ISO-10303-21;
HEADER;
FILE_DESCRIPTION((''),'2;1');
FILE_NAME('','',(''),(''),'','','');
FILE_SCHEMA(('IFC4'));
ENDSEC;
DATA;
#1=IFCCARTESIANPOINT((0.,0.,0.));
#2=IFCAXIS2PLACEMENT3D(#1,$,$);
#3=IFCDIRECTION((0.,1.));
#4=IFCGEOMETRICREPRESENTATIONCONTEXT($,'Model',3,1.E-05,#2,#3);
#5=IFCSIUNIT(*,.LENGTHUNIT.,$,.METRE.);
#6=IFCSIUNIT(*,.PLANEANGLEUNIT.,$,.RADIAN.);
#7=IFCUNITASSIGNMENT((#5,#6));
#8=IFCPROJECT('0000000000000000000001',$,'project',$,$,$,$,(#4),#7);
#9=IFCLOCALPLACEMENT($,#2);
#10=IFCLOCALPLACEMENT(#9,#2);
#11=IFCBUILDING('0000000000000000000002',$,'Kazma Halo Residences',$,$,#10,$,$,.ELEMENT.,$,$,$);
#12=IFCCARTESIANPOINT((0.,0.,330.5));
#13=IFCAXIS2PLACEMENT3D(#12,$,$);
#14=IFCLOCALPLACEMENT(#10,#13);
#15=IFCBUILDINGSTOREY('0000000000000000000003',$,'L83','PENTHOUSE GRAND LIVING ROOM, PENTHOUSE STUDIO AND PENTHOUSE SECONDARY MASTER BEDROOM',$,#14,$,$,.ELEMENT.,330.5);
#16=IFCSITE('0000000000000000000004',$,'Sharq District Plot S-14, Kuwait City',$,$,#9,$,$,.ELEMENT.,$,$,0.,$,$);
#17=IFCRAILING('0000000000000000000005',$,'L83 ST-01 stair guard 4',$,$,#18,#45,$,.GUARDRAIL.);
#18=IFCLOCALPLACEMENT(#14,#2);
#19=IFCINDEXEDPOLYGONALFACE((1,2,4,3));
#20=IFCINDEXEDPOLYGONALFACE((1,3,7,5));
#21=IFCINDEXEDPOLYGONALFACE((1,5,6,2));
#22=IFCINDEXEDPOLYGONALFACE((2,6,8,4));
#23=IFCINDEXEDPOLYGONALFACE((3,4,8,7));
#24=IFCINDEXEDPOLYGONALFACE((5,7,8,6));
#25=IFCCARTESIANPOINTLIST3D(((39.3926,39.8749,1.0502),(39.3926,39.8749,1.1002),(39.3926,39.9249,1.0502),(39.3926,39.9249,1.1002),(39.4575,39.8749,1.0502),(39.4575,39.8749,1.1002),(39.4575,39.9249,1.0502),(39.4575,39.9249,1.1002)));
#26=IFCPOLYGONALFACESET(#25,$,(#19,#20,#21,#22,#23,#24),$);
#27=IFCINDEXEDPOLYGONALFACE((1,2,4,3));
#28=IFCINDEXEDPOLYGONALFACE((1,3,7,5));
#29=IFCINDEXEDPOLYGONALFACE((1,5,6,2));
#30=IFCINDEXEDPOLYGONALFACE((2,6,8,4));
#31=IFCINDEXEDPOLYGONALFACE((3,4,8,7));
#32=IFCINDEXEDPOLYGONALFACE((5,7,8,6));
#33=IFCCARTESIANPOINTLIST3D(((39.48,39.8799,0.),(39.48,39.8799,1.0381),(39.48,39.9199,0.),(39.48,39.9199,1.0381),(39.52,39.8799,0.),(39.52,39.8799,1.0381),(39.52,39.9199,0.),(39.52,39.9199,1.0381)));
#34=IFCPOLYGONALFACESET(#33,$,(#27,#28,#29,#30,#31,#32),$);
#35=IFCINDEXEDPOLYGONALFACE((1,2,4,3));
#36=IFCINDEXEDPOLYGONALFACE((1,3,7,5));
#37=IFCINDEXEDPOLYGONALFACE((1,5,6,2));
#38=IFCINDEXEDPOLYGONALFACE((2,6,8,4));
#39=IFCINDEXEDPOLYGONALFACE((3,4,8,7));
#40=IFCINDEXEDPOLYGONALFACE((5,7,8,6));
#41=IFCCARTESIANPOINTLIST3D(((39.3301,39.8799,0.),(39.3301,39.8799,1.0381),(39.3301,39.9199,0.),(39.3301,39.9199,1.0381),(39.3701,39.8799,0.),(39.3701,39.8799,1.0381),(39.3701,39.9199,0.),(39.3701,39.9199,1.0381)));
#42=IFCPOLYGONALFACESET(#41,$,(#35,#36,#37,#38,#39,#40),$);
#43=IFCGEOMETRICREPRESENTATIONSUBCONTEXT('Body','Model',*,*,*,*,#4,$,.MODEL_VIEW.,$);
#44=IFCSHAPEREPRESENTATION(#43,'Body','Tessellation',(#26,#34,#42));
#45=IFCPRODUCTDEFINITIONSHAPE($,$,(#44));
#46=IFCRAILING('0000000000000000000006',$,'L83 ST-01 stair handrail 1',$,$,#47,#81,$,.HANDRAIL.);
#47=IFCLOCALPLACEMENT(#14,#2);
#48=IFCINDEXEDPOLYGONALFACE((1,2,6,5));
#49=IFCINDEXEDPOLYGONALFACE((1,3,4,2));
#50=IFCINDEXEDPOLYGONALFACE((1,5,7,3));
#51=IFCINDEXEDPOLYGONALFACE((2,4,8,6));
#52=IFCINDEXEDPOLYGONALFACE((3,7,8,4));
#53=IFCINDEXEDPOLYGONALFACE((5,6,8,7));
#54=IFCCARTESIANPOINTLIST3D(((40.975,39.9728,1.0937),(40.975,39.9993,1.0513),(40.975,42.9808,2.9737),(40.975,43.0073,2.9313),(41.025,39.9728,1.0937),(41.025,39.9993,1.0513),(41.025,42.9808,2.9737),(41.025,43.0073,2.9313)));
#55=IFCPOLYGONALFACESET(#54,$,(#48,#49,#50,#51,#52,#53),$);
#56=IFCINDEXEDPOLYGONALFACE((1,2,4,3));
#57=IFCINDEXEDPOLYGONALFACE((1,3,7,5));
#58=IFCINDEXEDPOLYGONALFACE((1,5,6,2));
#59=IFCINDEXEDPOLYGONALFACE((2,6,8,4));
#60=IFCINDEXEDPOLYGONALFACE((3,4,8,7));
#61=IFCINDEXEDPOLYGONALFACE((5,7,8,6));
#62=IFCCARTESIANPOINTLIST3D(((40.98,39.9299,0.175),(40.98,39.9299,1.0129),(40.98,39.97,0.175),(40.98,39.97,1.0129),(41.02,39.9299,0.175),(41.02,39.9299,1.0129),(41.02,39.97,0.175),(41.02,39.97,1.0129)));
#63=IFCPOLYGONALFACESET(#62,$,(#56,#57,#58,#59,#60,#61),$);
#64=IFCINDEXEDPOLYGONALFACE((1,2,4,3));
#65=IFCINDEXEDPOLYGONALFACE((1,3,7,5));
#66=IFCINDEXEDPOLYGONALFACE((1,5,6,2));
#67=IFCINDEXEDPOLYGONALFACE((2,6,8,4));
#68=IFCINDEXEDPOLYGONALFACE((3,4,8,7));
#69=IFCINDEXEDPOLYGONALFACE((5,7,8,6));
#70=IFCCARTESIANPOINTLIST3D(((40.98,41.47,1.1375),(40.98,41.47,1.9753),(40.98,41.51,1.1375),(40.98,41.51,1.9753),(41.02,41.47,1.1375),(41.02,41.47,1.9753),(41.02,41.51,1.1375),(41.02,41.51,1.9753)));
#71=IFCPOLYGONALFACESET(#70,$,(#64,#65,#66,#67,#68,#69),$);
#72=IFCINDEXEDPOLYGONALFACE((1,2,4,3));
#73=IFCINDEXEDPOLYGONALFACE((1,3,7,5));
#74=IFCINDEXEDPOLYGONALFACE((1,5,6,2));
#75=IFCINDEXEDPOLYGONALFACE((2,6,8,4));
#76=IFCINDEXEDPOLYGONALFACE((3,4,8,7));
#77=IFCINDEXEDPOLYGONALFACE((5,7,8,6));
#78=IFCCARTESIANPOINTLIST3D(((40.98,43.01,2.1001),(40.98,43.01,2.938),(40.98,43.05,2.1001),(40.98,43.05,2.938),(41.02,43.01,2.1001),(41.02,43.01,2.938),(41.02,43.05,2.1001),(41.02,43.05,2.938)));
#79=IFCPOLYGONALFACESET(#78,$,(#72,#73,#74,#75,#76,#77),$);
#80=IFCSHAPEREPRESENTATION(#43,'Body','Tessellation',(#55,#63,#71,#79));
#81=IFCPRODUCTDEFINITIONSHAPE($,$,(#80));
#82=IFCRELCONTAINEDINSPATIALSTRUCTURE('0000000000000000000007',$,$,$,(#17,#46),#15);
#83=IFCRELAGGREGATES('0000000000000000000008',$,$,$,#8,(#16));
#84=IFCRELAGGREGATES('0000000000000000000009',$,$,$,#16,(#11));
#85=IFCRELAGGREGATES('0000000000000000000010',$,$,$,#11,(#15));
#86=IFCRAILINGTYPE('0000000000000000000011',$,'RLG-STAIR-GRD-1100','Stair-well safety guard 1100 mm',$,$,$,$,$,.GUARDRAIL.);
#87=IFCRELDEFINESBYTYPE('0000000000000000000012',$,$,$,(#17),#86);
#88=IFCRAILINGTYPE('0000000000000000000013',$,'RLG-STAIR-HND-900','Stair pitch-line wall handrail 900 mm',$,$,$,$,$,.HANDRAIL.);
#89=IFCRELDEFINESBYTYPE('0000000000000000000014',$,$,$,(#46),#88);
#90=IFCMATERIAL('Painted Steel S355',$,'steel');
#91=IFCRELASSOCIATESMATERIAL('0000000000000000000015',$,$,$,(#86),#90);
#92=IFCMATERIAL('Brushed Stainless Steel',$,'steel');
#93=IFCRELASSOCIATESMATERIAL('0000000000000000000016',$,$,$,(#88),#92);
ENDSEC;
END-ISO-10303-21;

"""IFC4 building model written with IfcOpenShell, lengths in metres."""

from ifc_helpers import new_model, si_unit, direction, frame, origin, origin_2d, place, context, subcontext, project, spatial, rectangle, extrude, material, type_object, element, save


model = new_model("IFC4")

# Units and contexts
model_context = context("Model", 3, precision=1e-05, world=origin(), true_north=direction((0.0, 1.0)))
body_context = subcontext(model_context, "Body", "Model", "MODEL_VIEW")
ifc_project = project(units=[si_unit("LENGTHUNIT", "METRE"), si_unit("PLANEANGLEUNIT", "RADIAN")], contexts=[model_context])

# Site, building, storey
site_placement = place(None, origin())
site = spatial("IfcSite", under=ifc_project, at=site_placement, Name="Sharq District Plot S-14, Kuwait City", CompositionType="ELEMENT", RefElevation=0.0)
building_placement = place(site_placement, origin())
building = spatial("IfcBuilding", under=site, at=building_placement, Name="Kazma Halo Residences", CompositionType="ELEMENT")
storey_placement = place(building_placement, frame((0.0, 0.0, 330.5)))
storey = spatial("IfcBuildingStorey", under=building, at=storey_placement, Name="L83", Description="PENTHOUSE GRAND LIVING ROOM, PENTHOUSE STUDIO AND PENTHOUSE SECONDARY MASTER BEDROOM", CompositionType="ELEMENT", Elevation=330.5)

# Railings
ifc_material_1 = material(Name="Painted Steel S355", Category="steel")
railing_type_1 = type_object("IfcRailingType", Name="RLG-STAIR-GRD-1100", Description="Stair-well safety guard 1100 mm", PredefinedType="GUARDRAIL", material=ifc_material_1)
railing_1_placement = place(storey_placement, frame((39.5, 39.8999, 0.0)))
element("IfcRailing", 1, at=railing_1_placement, inside=storey, type_object=railing_type_1, Name="L83 ST-01 stair guard 4", PredefinedType="GUARDRAIL", context=body_context, shape_type="SweptSolid", body=[
    extrude(rectangle(XDim=0.05, YDim=0.05, at=origin_2d()), frame((-0.0425, 0.0, 1.0752), z_axis=(-1.0, 0.0, 0.0), x_axis=(0.0, -1.0, 0.0)), (0.0, 0.0, 1.0), 0.0649),
    extrude(rectangle(XDim=0.04, YDim=0.04, at=origin_2d()), origin(), (0.0, 0.0, 1.0), 1.0381),
    extrude(rectangle(XDim=0.04, YDim=0.04, at=origin_2d()), frame((-0.1499, 0.0, 0.0)), (0.0, 0.0, 1.0), 1.0381),
])
ifc_material_2 = material(Name="Brushed Stainless Steel", Category="steel")
railing_type_2 = type_object("IfcRailingType", Name="RLG-STAIR-HND-900", Description="Stair pitch-line wall handrail 900 mm", PredefinedType="HANDRAIL", material=ifc_material_2)
railing_2_placement = place(storey_placement, frame((41.0, 39.95, 0.175)))
element("IfcRailing", 2, at=railing_2_placement, inside=storey, type_object=railing_type_2, Name="L83 ST-01 stair handrail 1", PredefinedType="HANDRAIL", context=body_context, shape_type="SweptSolid", body=[
    extrude(rectangle(XDim=0.05, YDim=0.05, at=origin_2d()), frame((0.0, 0.0361, 0.8975), z_axis=(0.0, 0.847998, 0.529999), x_axis=(-1.0, 0.0, 0.0)), (0.0, 0.0, 1.0), 3.5471),
    extrude(rectangle(XDim=0.04, YDim=0.04, at=origin_2d()), origin(), (0.0, 0.0, 1.0), 0.8379),
    extrude(rectangle(XDim=0.04, YDim=0.04, at=origin_2d()), frame((0.0, 1.54, 0.9624)), (0.0, 0.0, 1.0), 0.8379),
    extrude(rectangle(XDim=0.04, YDim=0.04, at=origin_2d()), frame((0.0, 3.0801, 1.925)), (0.0, 0.0, 1.0), 0.8379),
])

save(model, "model.ifc")
